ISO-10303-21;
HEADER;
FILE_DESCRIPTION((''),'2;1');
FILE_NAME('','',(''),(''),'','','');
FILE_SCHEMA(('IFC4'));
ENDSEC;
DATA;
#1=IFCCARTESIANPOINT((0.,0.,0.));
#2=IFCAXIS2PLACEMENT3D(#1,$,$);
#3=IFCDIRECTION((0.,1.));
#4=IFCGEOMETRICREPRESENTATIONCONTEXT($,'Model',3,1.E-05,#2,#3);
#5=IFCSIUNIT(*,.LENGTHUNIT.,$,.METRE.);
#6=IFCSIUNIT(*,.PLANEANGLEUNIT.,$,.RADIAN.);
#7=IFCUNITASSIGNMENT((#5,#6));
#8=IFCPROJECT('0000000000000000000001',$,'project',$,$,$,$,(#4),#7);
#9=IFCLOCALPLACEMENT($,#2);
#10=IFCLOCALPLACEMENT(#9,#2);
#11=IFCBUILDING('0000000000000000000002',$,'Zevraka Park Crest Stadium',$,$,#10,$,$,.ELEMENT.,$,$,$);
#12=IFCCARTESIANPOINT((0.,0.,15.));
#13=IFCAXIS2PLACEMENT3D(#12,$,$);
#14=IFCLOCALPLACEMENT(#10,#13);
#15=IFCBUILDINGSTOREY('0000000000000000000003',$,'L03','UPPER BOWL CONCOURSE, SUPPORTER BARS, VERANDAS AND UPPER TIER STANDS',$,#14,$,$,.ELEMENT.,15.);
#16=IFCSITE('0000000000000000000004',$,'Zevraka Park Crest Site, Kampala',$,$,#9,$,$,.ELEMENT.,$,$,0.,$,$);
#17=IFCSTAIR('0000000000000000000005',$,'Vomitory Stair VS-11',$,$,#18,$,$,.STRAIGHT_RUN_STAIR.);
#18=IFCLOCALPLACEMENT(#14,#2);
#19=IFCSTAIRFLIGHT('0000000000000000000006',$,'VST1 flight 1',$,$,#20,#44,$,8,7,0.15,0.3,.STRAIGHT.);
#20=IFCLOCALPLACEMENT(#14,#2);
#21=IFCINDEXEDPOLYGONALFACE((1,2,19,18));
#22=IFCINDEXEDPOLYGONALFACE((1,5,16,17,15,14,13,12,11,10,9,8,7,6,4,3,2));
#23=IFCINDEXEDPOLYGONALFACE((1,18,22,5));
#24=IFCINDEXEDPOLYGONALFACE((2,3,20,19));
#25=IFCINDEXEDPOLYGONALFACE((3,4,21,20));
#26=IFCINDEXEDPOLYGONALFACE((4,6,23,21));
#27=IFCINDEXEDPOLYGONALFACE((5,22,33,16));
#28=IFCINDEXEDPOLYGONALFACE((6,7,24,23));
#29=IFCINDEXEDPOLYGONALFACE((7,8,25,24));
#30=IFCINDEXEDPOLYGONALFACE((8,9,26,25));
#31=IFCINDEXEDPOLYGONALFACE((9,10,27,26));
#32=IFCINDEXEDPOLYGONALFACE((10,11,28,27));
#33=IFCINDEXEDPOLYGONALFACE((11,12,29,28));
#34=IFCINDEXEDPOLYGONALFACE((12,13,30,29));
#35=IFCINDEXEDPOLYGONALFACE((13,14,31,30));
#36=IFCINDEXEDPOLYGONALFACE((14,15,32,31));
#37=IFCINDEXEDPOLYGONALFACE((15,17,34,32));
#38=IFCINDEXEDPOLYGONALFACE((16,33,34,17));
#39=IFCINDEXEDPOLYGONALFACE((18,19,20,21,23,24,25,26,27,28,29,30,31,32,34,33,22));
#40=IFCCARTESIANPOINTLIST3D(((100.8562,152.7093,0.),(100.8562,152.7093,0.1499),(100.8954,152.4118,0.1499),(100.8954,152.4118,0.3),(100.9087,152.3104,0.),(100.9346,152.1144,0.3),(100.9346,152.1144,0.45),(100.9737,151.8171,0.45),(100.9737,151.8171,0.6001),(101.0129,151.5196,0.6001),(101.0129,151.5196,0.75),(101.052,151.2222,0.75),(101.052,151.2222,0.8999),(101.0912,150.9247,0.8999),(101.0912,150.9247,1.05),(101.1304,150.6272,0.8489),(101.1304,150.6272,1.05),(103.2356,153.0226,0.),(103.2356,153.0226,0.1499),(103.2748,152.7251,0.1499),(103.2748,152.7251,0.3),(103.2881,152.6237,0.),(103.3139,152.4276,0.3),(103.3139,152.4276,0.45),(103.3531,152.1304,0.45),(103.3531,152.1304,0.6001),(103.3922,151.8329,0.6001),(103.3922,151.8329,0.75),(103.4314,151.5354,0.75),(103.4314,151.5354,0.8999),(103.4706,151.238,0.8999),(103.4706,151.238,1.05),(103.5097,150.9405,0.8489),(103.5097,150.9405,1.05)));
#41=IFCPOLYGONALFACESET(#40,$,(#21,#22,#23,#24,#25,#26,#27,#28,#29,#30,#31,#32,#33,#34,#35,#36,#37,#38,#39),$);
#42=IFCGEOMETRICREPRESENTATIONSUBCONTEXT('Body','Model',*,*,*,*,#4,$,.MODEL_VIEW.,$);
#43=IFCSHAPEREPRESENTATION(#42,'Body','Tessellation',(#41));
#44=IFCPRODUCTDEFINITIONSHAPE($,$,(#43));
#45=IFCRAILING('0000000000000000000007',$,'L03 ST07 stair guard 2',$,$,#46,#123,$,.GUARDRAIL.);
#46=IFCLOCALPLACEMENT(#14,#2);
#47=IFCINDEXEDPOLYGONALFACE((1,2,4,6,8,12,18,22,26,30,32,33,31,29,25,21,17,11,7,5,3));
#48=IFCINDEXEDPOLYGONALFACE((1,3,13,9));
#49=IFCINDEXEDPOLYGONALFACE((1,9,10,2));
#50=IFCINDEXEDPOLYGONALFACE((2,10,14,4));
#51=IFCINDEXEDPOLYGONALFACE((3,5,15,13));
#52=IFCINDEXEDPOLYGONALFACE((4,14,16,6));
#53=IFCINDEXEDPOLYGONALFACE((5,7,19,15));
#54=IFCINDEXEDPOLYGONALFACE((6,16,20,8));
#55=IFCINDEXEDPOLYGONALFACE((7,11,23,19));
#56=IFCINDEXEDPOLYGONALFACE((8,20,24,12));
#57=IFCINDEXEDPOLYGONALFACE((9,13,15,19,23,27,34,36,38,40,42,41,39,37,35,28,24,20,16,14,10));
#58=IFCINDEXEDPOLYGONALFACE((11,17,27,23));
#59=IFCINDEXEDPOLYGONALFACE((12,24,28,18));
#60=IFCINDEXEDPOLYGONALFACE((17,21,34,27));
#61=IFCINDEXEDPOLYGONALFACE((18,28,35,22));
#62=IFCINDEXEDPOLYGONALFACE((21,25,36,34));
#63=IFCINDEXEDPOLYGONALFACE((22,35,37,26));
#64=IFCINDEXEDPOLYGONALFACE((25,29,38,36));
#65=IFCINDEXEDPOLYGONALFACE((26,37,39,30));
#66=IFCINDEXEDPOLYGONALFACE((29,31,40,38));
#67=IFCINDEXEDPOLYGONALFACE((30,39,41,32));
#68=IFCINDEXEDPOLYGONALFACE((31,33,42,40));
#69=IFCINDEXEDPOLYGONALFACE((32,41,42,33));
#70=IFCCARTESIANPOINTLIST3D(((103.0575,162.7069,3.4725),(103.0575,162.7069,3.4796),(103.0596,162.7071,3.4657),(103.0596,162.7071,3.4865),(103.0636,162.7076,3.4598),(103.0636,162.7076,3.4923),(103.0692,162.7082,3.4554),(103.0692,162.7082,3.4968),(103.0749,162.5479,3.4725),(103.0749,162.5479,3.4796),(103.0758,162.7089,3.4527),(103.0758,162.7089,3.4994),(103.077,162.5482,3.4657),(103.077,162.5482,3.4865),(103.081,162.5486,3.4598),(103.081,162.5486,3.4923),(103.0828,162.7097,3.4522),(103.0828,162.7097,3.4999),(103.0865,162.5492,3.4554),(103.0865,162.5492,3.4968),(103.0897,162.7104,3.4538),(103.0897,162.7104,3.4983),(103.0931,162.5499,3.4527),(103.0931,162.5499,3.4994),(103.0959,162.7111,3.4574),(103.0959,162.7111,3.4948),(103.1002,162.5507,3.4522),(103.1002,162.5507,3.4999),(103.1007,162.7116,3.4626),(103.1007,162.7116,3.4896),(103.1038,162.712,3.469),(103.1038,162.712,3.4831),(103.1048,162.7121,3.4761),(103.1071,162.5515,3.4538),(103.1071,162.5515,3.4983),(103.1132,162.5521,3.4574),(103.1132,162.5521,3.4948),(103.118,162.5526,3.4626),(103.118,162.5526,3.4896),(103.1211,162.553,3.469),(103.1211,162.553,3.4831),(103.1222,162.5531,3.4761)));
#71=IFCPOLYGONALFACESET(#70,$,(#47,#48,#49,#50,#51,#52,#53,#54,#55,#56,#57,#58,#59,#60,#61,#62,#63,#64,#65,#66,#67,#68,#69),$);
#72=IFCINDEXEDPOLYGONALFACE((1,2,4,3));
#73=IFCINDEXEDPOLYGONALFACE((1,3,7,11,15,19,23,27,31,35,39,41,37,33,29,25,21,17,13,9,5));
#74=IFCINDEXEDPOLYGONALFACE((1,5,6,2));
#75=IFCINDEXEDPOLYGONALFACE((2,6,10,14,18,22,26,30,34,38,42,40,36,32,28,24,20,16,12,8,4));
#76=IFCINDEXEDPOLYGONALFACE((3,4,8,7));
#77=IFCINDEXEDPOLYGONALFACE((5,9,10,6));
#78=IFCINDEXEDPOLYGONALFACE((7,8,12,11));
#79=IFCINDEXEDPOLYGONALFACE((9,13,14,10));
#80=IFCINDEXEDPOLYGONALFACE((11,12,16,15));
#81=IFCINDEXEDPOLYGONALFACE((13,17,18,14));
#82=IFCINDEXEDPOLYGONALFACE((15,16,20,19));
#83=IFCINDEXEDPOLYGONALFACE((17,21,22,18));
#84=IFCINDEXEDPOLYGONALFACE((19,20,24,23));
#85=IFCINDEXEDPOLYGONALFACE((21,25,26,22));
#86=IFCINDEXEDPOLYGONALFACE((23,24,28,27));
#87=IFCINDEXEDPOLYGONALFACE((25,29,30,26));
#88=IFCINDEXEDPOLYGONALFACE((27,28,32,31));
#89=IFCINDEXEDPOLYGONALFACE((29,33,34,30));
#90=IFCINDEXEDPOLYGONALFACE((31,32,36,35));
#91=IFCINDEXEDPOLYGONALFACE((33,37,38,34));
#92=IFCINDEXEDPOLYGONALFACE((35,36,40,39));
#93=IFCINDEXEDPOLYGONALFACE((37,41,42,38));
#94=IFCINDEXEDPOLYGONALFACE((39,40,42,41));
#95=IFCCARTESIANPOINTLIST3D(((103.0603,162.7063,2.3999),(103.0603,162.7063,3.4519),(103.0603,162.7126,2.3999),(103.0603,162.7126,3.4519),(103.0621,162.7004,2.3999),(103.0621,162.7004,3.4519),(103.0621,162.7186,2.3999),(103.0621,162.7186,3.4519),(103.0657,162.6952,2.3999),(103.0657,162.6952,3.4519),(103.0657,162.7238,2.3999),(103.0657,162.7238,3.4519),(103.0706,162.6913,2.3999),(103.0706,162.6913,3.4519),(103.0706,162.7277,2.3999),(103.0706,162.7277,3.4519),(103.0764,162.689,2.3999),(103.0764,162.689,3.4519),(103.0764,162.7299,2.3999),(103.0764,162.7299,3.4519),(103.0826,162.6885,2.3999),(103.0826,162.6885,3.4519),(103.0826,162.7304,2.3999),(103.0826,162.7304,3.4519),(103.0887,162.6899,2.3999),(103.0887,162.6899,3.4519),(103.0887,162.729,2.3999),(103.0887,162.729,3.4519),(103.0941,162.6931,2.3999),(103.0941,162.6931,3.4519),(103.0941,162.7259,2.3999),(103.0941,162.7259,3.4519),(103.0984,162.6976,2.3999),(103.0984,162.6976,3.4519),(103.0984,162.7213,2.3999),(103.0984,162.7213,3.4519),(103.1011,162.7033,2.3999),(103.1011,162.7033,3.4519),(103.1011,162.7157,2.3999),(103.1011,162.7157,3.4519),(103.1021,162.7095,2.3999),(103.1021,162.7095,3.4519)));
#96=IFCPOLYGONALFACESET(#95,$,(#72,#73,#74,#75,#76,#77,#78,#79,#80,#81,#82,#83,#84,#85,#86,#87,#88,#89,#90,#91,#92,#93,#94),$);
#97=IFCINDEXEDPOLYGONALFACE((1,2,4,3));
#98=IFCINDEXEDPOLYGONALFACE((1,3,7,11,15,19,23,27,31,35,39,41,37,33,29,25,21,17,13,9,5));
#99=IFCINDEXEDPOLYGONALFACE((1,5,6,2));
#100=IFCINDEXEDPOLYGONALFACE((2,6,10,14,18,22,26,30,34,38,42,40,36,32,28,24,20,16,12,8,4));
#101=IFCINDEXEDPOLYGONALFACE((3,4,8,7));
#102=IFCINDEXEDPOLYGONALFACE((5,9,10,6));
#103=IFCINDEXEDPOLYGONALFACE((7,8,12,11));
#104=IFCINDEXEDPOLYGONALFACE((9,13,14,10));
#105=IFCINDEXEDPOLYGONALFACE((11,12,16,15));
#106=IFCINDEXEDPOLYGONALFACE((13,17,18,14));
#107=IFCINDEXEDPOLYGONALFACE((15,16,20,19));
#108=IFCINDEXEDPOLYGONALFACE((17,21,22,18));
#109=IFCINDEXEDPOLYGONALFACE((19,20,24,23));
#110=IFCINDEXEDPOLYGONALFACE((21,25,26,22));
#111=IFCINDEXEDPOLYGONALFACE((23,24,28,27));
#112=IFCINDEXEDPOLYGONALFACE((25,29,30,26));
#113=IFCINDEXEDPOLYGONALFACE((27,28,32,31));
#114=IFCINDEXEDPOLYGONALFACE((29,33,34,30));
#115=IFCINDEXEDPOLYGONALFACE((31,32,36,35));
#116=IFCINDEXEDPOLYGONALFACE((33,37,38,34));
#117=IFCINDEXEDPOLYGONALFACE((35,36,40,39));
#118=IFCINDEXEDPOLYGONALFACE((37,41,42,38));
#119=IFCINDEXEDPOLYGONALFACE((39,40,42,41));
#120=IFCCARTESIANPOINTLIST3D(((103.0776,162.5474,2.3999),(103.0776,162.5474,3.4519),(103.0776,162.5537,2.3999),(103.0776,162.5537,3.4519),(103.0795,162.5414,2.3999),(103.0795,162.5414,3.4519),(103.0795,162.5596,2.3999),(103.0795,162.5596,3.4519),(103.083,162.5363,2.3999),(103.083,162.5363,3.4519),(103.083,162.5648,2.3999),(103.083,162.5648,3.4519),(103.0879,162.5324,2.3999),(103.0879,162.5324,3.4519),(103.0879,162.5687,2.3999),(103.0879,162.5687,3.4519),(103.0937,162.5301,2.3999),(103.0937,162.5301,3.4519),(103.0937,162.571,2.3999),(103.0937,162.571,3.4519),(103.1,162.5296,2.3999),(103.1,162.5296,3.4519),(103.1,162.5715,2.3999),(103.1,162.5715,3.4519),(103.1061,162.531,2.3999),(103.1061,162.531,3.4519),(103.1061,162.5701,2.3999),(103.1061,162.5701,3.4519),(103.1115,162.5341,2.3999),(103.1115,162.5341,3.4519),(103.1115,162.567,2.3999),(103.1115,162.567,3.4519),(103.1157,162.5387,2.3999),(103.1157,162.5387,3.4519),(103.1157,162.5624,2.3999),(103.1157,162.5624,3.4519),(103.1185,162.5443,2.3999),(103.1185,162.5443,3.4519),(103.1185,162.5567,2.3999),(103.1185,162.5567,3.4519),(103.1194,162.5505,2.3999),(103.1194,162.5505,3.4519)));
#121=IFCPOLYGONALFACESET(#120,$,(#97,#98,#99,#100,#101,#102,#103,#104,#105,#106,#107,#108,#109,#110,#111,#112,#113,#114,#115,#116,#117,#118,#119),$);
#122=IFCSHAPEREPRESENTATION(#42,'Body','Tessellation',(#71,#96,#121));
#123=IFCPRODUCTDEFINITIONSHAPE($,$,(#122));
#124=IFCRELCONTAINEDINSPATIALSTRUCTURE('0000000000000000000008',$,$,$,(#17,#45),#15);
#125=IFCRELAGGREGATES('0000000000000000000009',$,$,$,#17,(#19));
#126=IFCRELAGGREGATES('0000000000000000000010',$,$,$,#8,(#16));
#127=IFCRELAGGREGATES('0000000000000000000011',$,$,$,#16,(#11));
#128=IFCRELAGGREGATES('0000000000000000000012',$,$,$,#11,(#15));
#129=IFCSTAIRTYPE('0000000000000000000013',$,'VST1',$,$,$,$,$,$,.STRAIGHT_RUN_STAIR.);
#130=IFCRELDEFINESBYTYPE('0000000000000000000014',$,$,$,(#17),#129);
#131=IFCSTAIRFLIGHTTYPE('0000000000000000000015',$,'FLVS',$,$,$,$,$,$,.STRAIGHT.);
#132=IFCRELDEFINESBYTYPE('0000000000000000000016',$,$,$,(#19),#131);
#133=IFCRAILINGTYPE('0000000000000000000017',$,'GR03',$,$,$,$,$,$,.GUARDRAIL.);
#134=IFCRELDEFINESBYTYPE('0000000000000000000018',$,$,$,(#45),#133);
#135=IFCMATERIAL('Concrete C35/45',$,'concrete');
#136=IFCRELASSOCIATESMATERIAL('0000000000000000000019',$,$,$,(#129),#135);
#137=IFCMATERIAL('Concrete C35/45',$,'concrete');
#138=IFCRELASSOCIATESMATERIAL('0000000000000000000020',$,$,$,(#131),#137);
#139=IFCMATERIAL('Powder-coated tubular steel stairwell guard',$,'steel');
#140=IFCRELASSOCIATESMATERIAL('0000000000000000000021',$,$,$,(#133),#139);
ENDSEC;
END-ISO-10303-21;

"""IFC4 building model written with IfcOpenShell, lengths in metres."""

from ifc_helpers import new_model, si_unit, direction, frame, origin, origin_2d, place, context, subcontext, project, spatial, polyline, circle, outline, extrude, material, type_object, element, aggregate, save


model = new_model("IFC4")

# Units and contexts
model_context = context("Model", 3, precision=1e-05, world=origin(), true_north=direction((0.0, 1.0)))
body_context = subcontext(model_context, "Body", "Model", "MODEL_VIEW")
ifc_project = project(units=[si_unit("LENGTHUNIT", "METRE"), si_unit("PLANEANGLEUNIT", "RADIAN")], contexts=[model_context])

# Site, building, storey
site_placement = place(None, origin())
site = spatial("IfcSite", under=ifc_project, at=site_placement, Name="Zevraka Park Crest Site, Kampala", CompositionType="ELEMENT", RefElevation=0.0)
building_placement = place(site_placement, origin())
building = spatial("IfcBuilding", under=site, at=building_placement, Name="Zevraka Park Crest Stadium", CompositionType="ELEMENT")
storey_placement = place(building_placement, frame((0.0, 0.0, 15.0)))
storey = spatial("IfcBuildingStorey", under=building, at=storey_placement, Name="L03", Description="UPPER BOWL CONCOURSE, SUPPORTER BARS, VERANDAS AND UPPER TIER STANDS", CompositionType="ELEMENT", Elevation=15.0)

# Stair, stair flight
ifc_material_1 = material(Name="Concrete C35/45", Category="concrete")
stair_type_1 = type_object("IfcStairType", Name="VST1", PredefinedType="STRAIGHT_RUN_STAIR", material=ifc_material_1)
stair_1_placement = place(storey_placement, origin())
stair_1 = element("IfcStair", 1, at=stair_1_placement, inside=storey, type_object=stair_type_1, Name="Vomitory Stair VS-11", PredefinedType="STRAIGHT_RUN_STAIR")
ifc_material_2 = material(Name="Concrete C35/45", Category="concrete")
stair_flight_type_1 = type_object("IfcStairFlightType", Name="FLVS", PredefinedType="STRAIGHT", material=ifc_material_2)
stair_flight_1_placement = place(storey_placement, frame((102.0459, 152.866, 0.0), z_axis=(0.0, 0.0, 1.0), x_axis=(0.130542, -0.991443, 0.0)))
stair_flight_1 = element("IfcStairFlight", 2, at=stair_flight_1_placement, type_object=stair_flight_type_1, Name="VST1 flight 1", NumberOfRisers=8, NumberOfTreads=7, PredefinedType="STRAIGHT", RiserHeight=0.15, TreadLength=0.3, context=body_context, shape_type="SweptSolid", body=[
    extrude(outline(polyline([(0.0, 0.0), (0.0, 0.1499), (0.3, 0.1499), (0.3, 0.3), (0.6001, 0.3), (0.6001, 0.45), (0.8999, 0.45), (0.8999, 0.6001), (1.2, 0.6001), (1.2, 0.75), (1.5, 0.75), (1.5, 0.8999), (1.8, 0.8999), (1.8, 1.05), (2.1001, 1.05), (2.1001, 1.2), (2.1001, 0.8489), (0.4023, 0.0), (0.0, 0.0)])), frame((0.0, 1.2, 0.0), z_axis=(0.0, -1.0, 0.0), x_axis=(1.0, 0.0, 0.0)), (0.0, 0.0, 1.0), 2.3999),
])
aggregate(stair_1, [stair_flight_1])

# Railing
ifc_material_3 = material(Name="Powder-coated tubular steel stairwell guard", Category="steel")
railing_type_1 = type_object("IfcRailingType", Name="GR03", PredefinedType="GUARDRAIL", material=ifc_material_3)
railing_1_placement = place(storey_placement, frame((103.0811, 162.7095, 2.3999)))
element("IfcRailing", 3, at=railing_1_placement, inside=storey, type_object=railing_type_1, Name="L03 ST07 stair guard 2", PredefinedType="GUARDRAIL", context=body_context, shape_type="SweptSolid", body=[
    extrude(circle(Radius=0.0239, at=origin_2d()), frame((0.0, 0.0, 1.0762), z_axis=(0.10842, -0.994105, 0.0), x_axis=(0.994105, 0.10842, 0.0)), (0.0, 0.0, 1.0), 0.1599),
    extrude(circle(Radius=0.021, at=origin_2d()), origin(), (0.0, 0.0, 1.0), 1.052),
    extrude(circle(Radius=0.021, at=origin_2d()), frame((0.0173, -0.1589, 0.0)), (0.0, 0.0, 1.0), 1.052),
])

save(model, "model.ifc")
